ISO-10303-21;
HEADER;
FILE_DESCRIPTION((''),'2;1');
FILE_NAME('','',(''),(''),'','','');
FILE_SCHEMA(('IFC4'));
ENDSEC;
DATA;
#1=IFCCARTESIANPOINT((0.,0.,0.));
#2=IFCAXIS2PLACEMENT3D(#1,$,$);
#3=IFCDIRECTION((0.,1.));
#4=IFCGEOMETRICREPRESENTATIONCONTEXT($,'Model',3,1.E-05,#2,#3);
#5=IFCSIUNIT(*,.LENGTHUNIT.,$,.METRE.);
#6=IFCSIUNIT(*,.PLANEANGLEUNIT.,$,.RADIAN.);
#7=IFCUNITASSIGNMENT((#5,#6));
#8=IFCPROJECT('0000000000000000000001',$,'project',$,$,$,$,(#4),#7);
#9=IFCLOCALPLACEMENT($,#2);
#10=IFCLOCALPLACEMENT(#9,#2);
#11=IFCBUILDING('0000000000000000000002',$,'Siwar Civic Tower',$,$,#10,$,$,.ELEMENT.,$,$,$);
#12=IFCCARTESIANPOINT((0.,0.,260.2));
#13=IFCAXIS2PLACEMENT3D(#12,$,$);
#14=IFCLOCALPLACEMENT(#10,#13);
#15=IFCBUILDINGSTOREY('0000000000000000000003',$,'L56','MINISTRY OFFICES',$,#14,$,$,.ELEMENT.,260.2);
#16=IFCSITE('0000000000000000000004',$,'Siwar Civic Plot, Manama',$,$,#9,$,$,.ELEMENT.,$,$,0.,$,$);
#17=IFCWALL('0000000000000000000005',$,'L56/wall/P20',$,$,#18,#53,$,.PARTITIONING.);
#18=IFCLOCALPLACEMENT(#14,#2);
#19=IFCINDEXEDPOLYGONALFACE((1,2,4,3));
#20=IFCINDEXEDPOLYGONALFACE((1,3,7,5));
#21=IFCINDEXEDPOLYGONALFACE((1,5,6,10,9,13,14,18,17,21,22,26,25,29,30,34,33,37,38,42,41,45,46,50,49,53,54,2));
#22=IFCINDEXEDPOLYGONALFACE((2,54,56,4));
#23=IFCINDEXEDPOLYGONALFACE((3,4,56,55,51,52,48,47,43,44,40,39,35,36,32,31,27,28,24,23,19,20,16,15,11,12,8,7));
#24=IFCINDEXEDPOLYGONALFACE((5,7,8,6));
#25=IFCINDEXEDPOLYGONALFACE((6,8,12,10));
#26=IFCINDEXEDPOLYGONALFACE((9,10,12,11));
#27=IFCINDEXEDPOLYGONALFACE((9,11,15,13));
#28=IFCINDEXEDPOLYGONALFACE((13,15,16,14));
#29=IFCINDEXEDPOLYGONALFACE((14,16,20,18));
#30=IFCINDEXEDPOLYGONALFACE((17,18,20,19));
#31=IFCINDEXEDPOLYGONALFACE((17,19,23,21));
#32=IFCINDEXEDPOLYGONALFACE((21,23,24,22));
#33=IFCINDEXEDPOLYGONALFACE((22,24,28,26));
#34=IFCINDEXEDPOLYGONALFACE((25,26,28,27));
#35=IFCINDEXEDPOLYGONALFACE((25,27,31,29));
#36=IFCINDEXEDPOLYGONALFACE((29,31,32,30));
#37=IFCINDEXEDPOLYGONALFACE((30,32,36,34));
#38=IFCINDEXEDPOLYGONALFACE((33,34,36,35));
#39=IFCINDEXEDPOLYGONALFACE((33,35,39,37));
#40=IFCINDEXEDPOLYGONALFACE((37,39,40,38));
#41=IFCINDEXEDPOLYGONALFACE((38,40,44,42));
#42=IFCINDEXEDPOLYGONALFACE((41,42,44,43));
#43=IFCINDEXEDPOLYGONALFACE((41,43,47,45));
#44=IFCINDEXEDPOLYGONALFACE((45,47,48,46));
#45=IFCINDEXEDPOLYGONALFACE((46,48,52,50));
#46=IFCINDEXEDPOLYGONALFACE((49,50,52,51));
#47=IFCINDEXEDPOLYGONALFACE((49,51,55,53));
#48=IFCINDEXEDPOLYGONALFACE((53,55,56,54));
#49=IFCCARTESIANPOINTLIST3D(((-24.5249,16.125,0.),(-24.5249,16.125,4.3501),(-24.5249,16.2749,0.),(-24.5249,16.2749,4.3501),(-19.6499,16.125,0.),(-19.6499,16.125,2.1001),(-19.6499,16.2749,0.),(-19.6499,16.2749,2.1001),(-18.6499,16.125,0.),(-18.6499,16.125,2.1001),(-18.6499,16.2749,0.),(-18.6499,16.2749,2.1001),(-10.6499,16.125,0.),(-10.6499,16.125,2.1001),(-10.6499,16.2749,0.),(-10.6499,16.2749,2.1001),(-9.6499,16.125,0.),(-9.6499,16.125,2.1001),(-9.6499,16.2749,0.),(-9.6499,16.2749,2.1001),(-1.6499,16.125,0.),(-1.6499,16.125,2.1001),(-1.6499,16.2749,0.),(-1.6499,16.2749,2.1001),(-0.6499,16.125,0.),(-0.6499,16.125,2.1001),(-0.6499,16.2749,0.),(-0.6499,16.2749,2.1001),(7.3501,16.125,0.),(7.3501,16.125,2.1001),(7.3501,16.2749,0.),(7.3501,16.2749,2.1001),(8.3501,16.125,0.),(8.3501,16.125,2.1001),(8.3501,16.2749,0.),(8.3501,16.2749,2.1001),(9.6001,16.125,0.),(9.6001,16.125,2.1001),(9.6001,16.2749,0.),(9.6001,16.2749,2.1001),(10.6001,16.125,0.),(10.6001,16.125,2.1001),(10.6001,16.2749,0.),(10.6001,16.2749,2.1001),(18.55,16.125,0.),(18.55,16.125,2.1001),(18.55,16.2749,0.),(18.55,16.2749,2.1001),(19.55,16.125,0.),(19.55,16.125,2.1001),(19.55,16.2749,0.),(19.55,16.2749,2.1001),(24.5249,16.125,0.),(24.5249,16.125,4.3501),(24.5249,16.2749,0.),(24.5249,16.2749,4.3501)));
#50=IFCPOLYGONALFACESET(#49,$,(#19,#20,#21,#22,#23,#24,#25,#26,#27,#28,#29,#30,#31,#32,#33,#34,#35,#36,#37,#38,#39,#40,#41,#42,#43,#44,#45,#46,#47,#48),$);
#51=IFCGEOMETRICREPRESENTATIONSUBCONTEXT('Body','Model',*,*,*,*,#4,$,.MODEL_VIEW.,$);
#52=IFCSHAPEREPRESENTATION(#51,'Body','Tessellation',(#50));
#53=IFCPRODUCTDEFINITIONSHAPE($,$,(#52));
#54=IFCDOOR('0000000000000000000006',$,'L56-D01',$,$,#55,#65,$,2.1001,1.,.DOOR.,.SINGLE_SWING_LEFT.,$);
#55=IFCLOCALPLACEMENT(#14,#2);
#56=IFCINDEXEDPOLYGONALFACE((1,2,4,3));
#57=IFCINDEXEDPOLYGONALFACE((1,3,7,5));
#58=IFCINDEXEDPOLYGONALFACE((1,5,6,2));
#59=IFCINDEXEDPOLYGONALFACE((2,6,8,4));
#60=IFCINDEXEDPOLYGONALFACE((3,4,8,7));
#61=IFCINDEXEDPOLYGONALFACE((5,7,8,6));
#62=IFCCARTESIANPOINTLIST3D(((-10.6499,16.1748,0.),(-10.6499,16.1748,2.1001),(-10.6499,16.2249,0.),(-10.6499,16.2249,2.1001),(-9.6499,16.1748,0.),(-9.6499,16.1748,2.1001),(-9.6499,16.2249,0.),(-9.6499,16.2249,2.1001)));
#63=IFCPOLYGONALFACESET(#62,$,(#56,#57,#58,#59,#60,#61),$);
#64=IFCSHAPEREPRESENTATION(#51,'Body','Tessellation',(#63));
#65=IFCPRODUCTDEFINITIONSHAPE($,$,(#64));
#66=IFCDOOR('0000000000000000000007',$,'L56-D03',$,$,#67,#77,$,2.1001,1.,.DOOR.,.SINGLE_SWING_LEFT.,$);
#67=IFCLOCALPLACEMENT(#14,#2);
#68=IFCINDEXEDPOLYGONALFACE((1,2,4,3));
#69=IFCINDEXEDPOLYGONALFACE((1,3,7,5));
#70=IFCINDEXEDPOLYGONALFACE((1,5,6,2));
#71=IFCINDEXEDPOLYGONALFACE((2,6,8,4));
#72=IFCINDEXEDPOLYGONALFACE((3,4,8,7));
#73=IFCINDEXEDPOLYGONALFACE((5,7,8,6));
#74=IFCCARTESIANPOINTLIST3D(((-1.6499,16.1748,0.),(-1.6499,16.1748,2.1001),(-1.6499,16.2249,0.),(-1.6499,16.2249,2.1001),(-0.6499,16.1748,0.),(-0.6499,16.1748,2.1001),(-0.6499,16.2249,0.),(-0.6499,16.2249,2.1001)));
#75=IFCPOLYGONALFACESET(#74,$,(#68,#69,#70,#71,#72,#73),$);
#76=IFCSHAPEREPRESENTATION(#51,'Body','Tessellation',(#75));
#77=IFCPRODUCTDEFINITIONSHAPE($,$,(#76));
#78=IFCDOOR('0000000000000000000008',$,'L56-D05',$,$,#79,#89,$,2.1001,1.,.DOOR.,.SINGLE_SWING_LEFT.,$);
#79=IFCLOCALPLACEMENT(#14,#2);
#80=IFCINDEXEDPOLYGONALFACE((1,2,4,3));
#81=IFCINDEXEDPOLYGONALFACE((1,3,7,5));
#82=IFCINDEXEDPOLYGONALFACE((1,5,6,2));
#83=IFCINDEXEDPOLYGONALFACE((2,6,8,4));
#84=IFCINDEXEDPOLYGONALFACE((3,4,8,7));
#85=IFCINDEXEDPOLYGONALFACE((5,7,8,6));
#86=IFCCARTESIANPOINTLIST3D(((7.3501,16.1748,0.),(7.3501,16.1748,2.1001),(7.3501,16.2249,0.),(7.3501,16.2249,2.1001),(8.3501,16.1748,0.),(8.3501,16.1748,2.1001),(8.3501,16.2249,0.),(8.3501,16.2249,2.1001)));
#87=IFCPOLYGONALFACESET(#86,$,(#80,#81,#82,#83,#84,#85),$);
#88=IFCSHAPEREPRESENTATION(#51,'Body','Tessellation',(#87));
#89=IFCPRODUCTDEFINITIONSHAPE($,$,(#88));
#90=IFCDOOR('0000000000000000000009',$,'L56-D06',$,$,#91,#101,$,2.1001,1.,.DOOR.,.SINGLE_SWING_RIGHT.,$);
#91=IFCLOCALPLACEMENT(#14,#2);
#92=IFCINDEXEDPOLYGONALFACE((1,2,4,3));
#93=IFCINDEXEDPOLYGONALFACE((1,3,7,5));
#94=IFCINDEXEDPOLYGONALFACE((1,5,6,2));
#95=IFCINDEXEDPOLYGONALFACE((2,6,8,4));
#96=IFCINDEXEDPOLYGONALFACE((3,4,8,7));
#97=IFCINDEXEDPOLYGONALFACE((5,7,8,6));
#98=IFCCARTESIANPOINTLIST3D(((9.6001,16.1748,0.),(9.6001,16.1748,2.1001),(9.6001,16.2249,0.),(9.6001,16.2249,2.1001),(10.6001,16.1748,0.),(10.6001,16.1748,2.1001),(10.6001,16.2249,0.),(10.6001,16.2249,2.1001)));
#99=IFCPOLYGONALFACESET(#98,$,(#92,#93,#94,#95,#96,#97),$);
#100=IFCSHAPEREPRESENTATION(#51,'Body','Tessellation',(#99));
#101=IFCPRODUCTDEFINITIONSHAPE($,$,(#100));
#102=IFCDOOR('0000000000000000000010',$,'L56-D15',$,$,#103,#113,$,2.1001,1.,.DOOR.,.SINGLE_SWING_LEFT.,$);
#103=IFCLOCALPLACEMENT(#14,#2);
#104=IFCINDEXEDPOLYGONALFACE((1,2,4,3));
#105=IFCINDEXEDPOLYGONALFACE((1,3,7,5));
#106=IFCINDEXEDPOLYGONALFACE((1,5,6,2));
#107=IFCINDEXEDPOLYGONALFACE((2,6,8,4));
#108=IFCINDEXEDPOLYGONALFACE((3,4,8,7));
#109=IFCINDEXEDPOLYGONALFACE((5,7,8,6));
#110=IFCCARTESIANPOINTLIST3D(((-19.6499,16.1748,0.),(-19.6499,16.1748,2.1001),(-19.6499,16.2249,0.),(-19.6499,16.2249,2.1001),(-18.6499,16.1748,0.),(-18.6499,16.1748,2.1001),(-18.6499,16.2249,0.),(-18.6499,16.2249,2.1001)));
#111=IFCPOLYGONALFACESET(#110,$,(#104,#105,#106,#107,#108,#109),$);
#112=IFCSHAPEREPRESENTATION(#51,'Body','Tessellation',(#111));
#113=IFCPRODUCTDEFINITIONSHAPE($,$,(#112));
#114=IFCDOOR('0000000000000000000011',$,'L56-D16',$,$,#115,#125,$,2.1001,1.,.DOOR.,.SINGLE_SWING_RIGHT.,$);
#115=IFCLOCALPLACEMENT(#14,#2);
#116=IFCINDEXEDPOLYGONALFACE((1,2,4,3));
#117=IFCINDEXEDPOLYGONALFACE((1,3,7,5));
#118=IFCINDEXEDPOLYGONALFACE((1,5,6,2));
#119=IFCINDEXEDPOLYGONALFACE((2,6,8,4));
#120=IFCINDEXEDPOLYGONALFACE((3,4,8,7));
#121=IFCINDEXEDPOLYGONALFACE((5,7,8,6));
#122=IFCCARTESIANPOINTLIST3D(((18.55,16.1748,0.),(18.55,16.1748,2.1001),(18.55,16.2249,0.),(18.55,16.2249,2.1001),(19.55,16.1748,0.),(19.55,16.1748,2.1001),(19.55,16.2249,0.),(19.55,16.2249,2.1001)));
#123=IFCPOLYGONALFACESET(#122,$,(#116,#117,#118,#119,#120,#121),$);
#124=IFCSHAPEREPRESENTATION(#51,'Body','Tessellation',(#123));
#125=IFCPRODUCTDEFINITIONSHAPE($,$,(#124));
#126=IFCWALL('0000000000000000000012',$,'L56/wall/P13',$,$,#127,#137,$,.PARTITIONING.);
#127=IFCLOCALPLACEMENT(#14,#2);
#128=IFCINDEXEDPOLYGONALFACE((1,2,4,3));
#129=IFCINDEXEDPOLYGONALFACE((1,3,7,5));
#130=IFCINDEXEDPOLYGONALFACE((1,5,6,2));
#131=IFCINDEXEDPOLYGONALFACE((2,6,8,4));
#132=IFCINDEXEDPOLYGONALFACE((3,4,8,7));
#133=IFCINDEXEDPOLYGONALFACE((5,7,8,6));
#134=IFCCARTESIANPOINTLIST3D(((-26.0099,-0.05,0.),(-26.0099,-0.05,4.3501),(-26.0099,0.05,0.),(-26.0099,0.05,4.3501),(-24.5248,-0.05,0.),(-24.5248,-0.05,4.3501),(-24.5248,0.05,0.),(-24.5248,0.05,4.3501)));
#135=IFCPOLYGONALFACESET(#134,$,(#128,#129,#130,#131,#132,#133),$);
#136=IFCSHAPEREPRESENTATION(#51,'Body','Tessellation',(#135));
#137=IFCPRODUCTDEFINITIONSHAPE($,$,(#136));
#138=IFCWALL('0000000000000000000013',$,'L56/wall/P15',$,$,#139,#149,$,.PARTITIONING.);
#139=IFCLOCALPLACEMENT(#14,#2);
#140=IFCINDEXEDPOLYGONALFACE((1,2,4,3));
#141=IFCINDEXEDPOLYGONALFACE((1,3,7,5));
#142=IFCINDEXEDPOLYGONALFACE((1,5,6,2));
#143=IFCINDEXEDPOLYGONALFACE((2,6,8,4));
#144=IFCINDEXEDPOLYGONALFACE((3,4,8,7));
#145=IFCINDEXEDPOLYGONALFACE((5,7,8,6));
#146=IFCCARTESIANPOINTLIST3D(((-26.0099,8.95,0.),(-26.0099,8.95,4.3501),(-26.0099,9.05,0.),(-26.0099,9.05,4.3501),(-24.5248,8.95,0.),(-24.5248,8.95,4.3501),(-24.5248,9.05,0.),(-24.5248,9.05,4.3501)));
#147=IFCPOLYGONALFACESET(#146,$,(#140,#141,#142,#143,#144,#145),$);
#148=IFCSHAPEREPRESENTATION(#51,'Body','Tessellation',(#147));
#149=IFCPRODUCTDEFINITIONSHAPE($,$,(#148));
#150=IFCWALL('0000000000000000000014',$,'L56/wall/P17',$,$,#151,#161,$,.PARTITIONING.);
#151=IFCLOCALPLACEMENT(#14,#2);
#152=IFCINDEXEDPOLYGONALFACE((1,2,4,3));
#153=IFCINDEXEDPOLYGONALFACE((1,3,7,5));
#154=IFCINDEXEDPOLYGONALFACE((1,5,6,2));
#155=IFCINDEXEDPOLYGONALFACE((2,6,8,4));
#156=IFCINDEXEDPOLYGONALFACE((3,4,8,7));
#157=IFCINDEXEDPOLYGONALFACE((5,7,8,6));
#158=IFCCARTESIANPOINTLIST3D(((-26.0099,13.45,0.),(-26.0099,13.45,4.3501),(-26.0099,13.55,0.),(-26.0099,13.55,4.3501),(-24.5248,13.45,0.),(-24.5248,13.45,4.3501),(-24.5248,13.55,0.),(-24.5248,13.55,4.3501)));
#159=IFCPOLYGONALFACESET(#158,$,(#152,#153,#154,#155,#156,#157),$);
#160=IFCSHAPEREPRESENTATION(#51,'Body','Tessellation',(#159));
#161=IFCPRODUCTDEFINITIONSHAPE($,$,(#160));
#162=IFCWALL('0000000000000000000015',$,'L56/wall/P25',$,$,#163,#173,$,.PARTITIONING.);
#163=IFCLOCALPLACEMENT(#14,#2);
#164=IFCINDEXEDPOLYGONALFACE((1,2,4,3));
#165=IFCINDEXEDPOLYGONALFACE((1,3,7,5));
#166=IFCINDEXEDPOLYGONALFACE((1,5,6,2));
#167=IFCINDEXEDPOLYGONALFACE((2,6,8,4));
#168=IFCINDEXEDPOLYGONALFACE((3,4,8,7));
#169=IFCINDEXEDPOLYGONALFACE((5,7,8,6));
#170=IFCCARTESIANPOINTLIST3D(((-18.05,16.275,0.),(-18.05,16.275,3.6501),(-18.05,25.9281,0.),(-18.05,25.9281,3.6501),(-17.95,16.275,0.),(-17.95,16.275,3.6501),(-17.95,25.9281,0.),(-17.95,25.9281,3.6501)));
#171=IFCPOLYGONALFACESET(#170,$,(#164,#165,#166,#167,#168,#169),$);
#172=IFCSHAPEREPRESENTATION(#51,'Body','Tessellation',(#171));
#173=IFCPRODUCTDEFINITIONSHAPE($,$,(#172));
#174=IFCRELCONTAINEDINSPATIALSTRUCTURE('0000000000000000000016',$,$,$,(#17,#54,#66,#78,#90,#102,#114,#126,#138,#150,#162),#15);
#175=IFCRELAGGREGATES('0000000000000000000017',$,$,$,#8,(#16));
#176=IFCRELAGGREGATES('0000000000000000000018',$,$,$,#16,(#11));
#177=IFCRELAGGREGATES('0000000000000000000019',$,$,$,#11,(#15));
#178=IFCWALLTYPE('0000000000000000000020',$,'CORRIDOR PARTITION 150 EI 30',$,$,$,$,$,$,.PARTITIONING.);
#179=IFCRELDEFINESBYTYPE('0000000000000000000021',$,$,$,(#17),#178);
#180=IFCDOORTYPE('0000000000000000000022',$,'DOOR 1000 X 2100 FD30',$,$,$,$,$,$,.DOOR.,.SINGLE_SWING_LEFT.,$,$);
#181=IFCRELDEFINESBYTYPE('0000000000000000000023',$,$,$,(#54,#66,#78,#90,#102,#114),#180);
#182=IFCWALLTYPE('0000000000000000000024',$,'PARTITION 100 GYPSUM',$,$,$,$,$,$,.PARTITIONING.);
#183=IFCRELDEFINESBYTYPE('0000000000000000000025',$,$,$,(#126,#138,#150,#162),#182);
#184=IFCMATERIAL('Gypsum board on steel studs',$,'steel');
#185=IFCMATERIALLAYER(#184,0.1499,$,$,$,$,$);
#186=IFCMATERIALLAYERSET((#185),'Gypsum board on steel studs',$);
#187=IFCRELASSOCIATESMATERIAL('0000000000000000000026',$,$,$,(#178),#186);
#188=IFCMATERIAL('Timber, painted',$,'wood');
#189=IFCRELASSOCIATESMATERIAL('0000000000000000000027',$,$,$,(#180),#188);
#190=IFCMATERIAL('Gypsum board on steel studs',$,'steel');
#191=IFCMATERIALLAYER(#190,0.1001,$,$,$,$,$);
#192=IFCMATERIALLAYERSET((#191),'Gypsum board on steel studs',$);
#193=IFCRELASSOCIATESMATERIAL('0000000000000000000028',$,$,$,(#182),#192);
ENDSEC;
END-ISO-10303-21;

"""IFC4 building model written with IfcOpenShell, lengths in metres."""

from ifc_helpers import new_model, si_unit, direction, frame, frame_2d, origin, place, context, subcontext, project, spatial, rectangle, extrude, material, layer, layer_set, type_object, element, fill, save


model = new_model("IFC4")

# Units and contexts
model_context = context("Model", 3, precision=1e-05, world=origin(), true_north=direction((0.0, 1.0)))
body_context = subcontext(model_context, "Body", "Model", "MODEL_VIEW")
ifc_project = project(units=[si_unit("LENGTHUNIT", "METRE"), si_unit("PLANEANGLEUNIT", "RADIAN")], contexts=[model_context])

# Site, building, storey
site_placement = place(None, origin())
site = spatial("IfcSite", under=ifc_project, at=site_placement, Name="Siwar Civic Plot, Manama", CompositionType="ELEMENT", RefElevation=0.0)
building_placement = place(site_placement, origin())
building = spatial("IfcBuilding", under=site, at=building_placement, Name="Siwar Civic Tower", CompositionType="ELEMENT")
storey_placement = place(building_placement, frame((0.0, 0.0, 260.2)))
storey = spatial("IfcBuildingStorey", under=building, at=storey_placement, Name="L56", Description="MINISTRY OFFICES", CompositionType="ELEMENT", Elevation=260.2)

# Wall, openings, doors
ifc_material_1 = material(Name="Gypsum board on steel studs", Category="steel")
ifc_layer_1 = layer(ifc_material_1, 0.1499)
ifc_layer_set_1 = layer_set([ifc_layer_1], Name="Gypsum board on steel studs")
wall_type_1 = type_object("IfcWallType", Name="CORRIDOR PARTITION 150 EI 30", PredefinedType="PARTITIONING", material=ifc_layer_set_1)
wall_1_placement = place(storey_placement, frame((-24.5249, 16.2, 0.0), z_axis=(0.0, 0.0, 1.0), x_axis=(1.0, 0.0, 0.0)))
wall_1 = element("IfcWall", 1, at=wall_1_placement, inside=storey, type_object=wall_type_1, Name="L56/wall/P20", PredefinedType="PARTITIONING", context=body_context, shape_type="SweptSolid", body=[
    extrude(rectangle(XDim=49.0498, YDim=0.1499, at=frame_2d((24.5249, 0.0))), origin(), (0.0, 0.0, 1.0), 4.3501),
])
opening_1_placement = place(wall_1_placement, frame((13.875, 0.0, 0.0)))
opening_1 = element("IfcOpeningElement", 2, at=opening_1_placement, cuts=wall_1, PredefinedType="OPENING", context=body_context, shape_type="SweptSolid", body=[
    extrude(rectangle(XDim=1.0, YDim=2.1001, at=frame_2d((0.5, 1.05))), frame((0.0, 0.085, 0.0), z_axis=(0.0, -1.0, 0.0), x_axis=(1.0, 0.0, 0.0)), (0.0, 0.0, 1.0), 0.1699),
])
opening_2_placement = place(wall_1_placement, frame((22.875, 0.0, 0.0)))
opening_2 = element("IfcOpeningElement", 3, at=opening_2_placement, cuts=wall_1, PredefinedType="OPENING", context=body_context, shape_type="SweptSolid", body=[
    extrude(rectangle(XDim=1.0, YDim=2.1001, at=frame_2d((0.5, 1.05))), frame((0.0, 0.085, 0.0), z_axis=(0.0, -1.0, 0.0), x_axis=(1.0, 0.0, 0.0)), (0.0, 0.0, 1.0), 0.1699),
])
opening_3_placement = place(wall_1_placement, frame((31.875, 0.0, 0.0)))
opening_3 = element("IfcOpeningElement", 4, at=opening_3_placement, cuts=wall_1, PredefinedType="OPENING", context=body_context, shape_type="SweptSolid", body=[
    extrude(rectangle(XDim=1.0, YDim=2.1001, at=frame_2d((0.5, 1.05))), frame((0.0, 0.085, 0.0), z_axis=(0.0, -1.0, 0.0), x_axis=(1.0, 0.0, 0.0)), (0.0, 0.0, 1.0), 0.1699),
])
opening_4_placement = place(wall_1_placement, frame((34.125, 0.0, 0.0)))
opening_4 = element("IfcOpeningElement", 5, at=opening_4_placement, cuts=wall_1, PredefinedType="OPENING", context=body_context, shape_type="SweptSolid", body=[
    extrude(rectangle(XDim=1.0, YDim=2.1001, at=frame_2d((0.5, 1.05))), frame((0.0, 0.085, 0.0), z_axis=(0.0, -1.0, 0.0), x_axis=(1.0, 0.0, 0.0)), (0.0, 0.0, 1.0), 0.1699),
])
opening_5_placement = place(wall_1_placement, frame((4.875, 0.0, 0.0)))
opening_5 = element("IfcOpeningElement", 6, at=opening_5_placement, cuts=wall_1, PredefinedType="OPENING", context=body_context, shape_type="SweptSolid", body=[
    extrude(rectangle(XDim=1.0, YDim=2.1001, at=frame_2d((0.5, 1.05))), frame((0.0, 0.085, 0.0), z_axis=(0.0, -1.0, 0.0), x_axis=(1.0, 0.0, 0.0)), (0.0, 0.0, 1.0), 0.1699),
])
opening_6_placement = place(wall_1_placement, frame((43.075, 0.0, 0.0)))
opening_6 = element("IfcOpeningElement", 7, at=opening_6_placement, cuts=wall_1, PredefinedType="OPENING", context=body_context, shape_type="SweptSolid", body=[
    extrude(rectangle(XDim=1.0, YDim=2.1001, at=frame_2d((0.5, 1.05))), frame((0.0, 0.085, 0.0), z_axis=(0.0, -1.0, 0.0), x_axis=(1.0, 0.0, 0.0)), (0.0, 0.0, 1.0), 0.1699),
])
ifc_material_2 = material(Name="Timber, painted", Category="wood")
door_type = type_object("IfcDoorType", Name="DOOR 1000 X 2100 FD30", OperationType="SINGLE_SWING_LEFT", PredefinedType="DOOR", material=ifc_material_2)
door_1_placement = place(opening_1_placement, origin())
door_1 = element("IfcDoor", 8, at=door_1_placement, inside=storey, type_object=door_type, Name="L56-D01", OperationType="SINGLE_SWING_LEFT", OverallHeight=2.1001, OverallWidth=1.0, PredefinedType="DOOR", context=body_context, shape_type="SweptSolid", body=[
    extrude(rectangle(XDim=1.0, YDim=2.1001, at=frame_2d((0.5, 1.05))), frame((0.0, 0.0249, 0.0), z_axis=(0.0, -1.0, 0.0), x_axis=(1.0, 0.0, 0.0)), (0.0, 0.0, 1.0), 0.05),
])
fill(opening_1, door_1)
door_2_placement = place(opening_2_placement, origin())
door_2 = element("IfcDoor", 9, at=door_2_placement, inside=storey, type_object=door_type, Name="L56-D03", OperationType="SINGLE_SWING_LEFT", OverallHeight=2.1001, OverallWidth=1.0, PredefinedType="DOOR", context=body_context, shape_type="SweptSolid", body=[
    extrude(rectangle(XDim=1.0, YDim=2.1001, at=frame_2d((0.5, 1.05))), frame((0.0, 0.0249, 0.0), z_axis=(0.0, -1.0, 0.0), x_axis=(1.0, 0.0, 0.0)), (0.0, 0.0, 1.0), 0.05),
])
fill(opening_2, door_2)
door_3_placement = place(opening_3_placement, origin())
door_3 = element("IfcDoor", 10, at=door_3_placement, inside=storey, type_object=door_type, Name="L56-D05", OperationType="SINGLE_SWING_LEFT", OverallHeight=2.1001, OverallWidth=1.0, PredefinedType="DOOR", context=body_context, shape_type="SweptSolid", body=[
    extrude(rectangle(XDim=1.0, YDim=2.1001, at=frame_2d((0.5, 1.05))), frame((0.0, 0.0249, 0.0), z_axis=(0.0, -1.0, 0.0), x_axis=(1.0, 0.0, 0.0)), (0.0, 0.0, 1.0), 0.05),
])
fill(opening_3, door_3)
door_4_placement = place(opening_4_placement, origin())
door_4 = element("IfcDoor", 11, at=door_4_placement, inside=storey, type_object=door_type, Name="L56-D06", OperationType="SINGLE_SWING_RIGHT", OverallHeight=2.1001, OverallWidth=1.0, PredefinedType="DOOR", context=body_context, shape_type="SweptSolid", body=[
    extrude(rectangle(XDim=1.0, YDim=2.1001, at=frame_2d((0.5, 1.05))), frame((0.0, 0.0249, 0.0), z_axis=(0.0, -1.0, 0.0), x_axis=(1.0, 0.0, 0.0)), (0.0, 0.0, 1.0), 0.05),
])
fill(opening_4, door_4)
door_5_placement = place(opening_5_placement, origin())
door_5 = element("IfcDoor", 12, at=door_5_placement, inside=storey, type_object=door_type, Name="L56-D15", OperationType="SINGLE_SWING_LEFT", OverallHeight=2.1001, OverallWidth=1.0, PredefinedType="DOOR", context=body_context, shape_type="SweptSolid", body=[
    extrude(rectangle(XDim=1.0, YDim=2.1001, at=frame_2d((0.5, 1.05))), frame((0.0, 0.0249, 0.0), z_axis=(0.0, -1.0, 0.0), x_axis=(1.0, 0.0, 0.0)), (0.0, 0.0, 1.0), 0.05),
])
fill(opening_5, door_5)
door_6_placement = place(opening_6_placement, origin())
door_6 = element("IfcDoor", 13, at=door_6_placement, inside=storey, type_object=door_type, Name="L56-D16", OperationType="SINGLE_SWING_RIGHT", OverallHeight=2.1001, OverallWidth=1.0, PredefinedType="DOOR", context=body_context, shape_type="SweptSolid", body=[
    extrude(rectangle(XDim=1.0, YDim=2.1001, at=frame_2d((0.5, 1.05))), frame((0.0, 0.0249, 0.0), z_axis=(0.0, -1.0, 0.0), x_axis=(1.0, 0.0, 0.0)), (0.0, 0.0, 1.0), 0.05),
])
fill(opening_6, door_6)

# Walls
ifc_material_3 = material(Name="Gypsum board on steel studs", Category="steel")
ifc_layer_2 = layer(ifc_material_3, 0.1001)
ifc_layer_set_2 = layer_set([ifc_layer_2], Name="Gypsum board on steel studs")
wall_type_2 = type_object("IfcWallType", Name="PARTITION 100 GYPSUM", PredefinedType="PARTITIONING", material=ifc_layer_set_2)
for number, where, z_axis, x_axis, name in (
    (14, (-26.01, 0.0, 0.0), (0.0, 0.0, 1.0), (1.0, 0.0, 0.0), "L56/wall/P13"),
    (15, (-26.01, 9.0, 0.0), (0.0, 0.0, 1.0), (1.0, 0.0, 0.0), "L56/wall/P15"),
    (16, (-26.01, 13.5, 0.0), (0.0, 0.0, 1.0), (1.0, 0.0, 0.0), "L56/wall/P17"),
):
    element("IfcWall", number, at=place(storey_placement, frame(where, z_axis=z_axis, x_axis=x_axis)), inside=storey, type_object=wall_type_2, Name=name, PredefinedType="PARTITIONING", context=body_context, shape_type="SweptSolid", body=[
        extrude(rectangle(XDim=1.4851, YDim=0.1001, at=frame_2d((0.7427, 0.0))), origin(), (0.0, 0.0, 1.0), 4.3501),
    ])
wall_2_placement = place(storey_placement, frame((-18.0, 16.2749, 0.0), z_axis=(0.0, 0.0, 1.0), x_axis=(0.0, 1.0, 0.0)))
element("IfcWall", 17, at=wall_2_placement, inside=storey, type_object=wall_type_2, Name="L56/wall/P25", PredefinedType="PARTITIONING", context=body_context, shape_type="SweptSolid", body=[
    extrude(rectangle(XDim=9.6531, YDim=0.1001, at=frame_2d((4.8267, 0.0))), origin(), (0.0, 0.0, 1.0), 3.6501),
])

save(model, "model.ifc")
